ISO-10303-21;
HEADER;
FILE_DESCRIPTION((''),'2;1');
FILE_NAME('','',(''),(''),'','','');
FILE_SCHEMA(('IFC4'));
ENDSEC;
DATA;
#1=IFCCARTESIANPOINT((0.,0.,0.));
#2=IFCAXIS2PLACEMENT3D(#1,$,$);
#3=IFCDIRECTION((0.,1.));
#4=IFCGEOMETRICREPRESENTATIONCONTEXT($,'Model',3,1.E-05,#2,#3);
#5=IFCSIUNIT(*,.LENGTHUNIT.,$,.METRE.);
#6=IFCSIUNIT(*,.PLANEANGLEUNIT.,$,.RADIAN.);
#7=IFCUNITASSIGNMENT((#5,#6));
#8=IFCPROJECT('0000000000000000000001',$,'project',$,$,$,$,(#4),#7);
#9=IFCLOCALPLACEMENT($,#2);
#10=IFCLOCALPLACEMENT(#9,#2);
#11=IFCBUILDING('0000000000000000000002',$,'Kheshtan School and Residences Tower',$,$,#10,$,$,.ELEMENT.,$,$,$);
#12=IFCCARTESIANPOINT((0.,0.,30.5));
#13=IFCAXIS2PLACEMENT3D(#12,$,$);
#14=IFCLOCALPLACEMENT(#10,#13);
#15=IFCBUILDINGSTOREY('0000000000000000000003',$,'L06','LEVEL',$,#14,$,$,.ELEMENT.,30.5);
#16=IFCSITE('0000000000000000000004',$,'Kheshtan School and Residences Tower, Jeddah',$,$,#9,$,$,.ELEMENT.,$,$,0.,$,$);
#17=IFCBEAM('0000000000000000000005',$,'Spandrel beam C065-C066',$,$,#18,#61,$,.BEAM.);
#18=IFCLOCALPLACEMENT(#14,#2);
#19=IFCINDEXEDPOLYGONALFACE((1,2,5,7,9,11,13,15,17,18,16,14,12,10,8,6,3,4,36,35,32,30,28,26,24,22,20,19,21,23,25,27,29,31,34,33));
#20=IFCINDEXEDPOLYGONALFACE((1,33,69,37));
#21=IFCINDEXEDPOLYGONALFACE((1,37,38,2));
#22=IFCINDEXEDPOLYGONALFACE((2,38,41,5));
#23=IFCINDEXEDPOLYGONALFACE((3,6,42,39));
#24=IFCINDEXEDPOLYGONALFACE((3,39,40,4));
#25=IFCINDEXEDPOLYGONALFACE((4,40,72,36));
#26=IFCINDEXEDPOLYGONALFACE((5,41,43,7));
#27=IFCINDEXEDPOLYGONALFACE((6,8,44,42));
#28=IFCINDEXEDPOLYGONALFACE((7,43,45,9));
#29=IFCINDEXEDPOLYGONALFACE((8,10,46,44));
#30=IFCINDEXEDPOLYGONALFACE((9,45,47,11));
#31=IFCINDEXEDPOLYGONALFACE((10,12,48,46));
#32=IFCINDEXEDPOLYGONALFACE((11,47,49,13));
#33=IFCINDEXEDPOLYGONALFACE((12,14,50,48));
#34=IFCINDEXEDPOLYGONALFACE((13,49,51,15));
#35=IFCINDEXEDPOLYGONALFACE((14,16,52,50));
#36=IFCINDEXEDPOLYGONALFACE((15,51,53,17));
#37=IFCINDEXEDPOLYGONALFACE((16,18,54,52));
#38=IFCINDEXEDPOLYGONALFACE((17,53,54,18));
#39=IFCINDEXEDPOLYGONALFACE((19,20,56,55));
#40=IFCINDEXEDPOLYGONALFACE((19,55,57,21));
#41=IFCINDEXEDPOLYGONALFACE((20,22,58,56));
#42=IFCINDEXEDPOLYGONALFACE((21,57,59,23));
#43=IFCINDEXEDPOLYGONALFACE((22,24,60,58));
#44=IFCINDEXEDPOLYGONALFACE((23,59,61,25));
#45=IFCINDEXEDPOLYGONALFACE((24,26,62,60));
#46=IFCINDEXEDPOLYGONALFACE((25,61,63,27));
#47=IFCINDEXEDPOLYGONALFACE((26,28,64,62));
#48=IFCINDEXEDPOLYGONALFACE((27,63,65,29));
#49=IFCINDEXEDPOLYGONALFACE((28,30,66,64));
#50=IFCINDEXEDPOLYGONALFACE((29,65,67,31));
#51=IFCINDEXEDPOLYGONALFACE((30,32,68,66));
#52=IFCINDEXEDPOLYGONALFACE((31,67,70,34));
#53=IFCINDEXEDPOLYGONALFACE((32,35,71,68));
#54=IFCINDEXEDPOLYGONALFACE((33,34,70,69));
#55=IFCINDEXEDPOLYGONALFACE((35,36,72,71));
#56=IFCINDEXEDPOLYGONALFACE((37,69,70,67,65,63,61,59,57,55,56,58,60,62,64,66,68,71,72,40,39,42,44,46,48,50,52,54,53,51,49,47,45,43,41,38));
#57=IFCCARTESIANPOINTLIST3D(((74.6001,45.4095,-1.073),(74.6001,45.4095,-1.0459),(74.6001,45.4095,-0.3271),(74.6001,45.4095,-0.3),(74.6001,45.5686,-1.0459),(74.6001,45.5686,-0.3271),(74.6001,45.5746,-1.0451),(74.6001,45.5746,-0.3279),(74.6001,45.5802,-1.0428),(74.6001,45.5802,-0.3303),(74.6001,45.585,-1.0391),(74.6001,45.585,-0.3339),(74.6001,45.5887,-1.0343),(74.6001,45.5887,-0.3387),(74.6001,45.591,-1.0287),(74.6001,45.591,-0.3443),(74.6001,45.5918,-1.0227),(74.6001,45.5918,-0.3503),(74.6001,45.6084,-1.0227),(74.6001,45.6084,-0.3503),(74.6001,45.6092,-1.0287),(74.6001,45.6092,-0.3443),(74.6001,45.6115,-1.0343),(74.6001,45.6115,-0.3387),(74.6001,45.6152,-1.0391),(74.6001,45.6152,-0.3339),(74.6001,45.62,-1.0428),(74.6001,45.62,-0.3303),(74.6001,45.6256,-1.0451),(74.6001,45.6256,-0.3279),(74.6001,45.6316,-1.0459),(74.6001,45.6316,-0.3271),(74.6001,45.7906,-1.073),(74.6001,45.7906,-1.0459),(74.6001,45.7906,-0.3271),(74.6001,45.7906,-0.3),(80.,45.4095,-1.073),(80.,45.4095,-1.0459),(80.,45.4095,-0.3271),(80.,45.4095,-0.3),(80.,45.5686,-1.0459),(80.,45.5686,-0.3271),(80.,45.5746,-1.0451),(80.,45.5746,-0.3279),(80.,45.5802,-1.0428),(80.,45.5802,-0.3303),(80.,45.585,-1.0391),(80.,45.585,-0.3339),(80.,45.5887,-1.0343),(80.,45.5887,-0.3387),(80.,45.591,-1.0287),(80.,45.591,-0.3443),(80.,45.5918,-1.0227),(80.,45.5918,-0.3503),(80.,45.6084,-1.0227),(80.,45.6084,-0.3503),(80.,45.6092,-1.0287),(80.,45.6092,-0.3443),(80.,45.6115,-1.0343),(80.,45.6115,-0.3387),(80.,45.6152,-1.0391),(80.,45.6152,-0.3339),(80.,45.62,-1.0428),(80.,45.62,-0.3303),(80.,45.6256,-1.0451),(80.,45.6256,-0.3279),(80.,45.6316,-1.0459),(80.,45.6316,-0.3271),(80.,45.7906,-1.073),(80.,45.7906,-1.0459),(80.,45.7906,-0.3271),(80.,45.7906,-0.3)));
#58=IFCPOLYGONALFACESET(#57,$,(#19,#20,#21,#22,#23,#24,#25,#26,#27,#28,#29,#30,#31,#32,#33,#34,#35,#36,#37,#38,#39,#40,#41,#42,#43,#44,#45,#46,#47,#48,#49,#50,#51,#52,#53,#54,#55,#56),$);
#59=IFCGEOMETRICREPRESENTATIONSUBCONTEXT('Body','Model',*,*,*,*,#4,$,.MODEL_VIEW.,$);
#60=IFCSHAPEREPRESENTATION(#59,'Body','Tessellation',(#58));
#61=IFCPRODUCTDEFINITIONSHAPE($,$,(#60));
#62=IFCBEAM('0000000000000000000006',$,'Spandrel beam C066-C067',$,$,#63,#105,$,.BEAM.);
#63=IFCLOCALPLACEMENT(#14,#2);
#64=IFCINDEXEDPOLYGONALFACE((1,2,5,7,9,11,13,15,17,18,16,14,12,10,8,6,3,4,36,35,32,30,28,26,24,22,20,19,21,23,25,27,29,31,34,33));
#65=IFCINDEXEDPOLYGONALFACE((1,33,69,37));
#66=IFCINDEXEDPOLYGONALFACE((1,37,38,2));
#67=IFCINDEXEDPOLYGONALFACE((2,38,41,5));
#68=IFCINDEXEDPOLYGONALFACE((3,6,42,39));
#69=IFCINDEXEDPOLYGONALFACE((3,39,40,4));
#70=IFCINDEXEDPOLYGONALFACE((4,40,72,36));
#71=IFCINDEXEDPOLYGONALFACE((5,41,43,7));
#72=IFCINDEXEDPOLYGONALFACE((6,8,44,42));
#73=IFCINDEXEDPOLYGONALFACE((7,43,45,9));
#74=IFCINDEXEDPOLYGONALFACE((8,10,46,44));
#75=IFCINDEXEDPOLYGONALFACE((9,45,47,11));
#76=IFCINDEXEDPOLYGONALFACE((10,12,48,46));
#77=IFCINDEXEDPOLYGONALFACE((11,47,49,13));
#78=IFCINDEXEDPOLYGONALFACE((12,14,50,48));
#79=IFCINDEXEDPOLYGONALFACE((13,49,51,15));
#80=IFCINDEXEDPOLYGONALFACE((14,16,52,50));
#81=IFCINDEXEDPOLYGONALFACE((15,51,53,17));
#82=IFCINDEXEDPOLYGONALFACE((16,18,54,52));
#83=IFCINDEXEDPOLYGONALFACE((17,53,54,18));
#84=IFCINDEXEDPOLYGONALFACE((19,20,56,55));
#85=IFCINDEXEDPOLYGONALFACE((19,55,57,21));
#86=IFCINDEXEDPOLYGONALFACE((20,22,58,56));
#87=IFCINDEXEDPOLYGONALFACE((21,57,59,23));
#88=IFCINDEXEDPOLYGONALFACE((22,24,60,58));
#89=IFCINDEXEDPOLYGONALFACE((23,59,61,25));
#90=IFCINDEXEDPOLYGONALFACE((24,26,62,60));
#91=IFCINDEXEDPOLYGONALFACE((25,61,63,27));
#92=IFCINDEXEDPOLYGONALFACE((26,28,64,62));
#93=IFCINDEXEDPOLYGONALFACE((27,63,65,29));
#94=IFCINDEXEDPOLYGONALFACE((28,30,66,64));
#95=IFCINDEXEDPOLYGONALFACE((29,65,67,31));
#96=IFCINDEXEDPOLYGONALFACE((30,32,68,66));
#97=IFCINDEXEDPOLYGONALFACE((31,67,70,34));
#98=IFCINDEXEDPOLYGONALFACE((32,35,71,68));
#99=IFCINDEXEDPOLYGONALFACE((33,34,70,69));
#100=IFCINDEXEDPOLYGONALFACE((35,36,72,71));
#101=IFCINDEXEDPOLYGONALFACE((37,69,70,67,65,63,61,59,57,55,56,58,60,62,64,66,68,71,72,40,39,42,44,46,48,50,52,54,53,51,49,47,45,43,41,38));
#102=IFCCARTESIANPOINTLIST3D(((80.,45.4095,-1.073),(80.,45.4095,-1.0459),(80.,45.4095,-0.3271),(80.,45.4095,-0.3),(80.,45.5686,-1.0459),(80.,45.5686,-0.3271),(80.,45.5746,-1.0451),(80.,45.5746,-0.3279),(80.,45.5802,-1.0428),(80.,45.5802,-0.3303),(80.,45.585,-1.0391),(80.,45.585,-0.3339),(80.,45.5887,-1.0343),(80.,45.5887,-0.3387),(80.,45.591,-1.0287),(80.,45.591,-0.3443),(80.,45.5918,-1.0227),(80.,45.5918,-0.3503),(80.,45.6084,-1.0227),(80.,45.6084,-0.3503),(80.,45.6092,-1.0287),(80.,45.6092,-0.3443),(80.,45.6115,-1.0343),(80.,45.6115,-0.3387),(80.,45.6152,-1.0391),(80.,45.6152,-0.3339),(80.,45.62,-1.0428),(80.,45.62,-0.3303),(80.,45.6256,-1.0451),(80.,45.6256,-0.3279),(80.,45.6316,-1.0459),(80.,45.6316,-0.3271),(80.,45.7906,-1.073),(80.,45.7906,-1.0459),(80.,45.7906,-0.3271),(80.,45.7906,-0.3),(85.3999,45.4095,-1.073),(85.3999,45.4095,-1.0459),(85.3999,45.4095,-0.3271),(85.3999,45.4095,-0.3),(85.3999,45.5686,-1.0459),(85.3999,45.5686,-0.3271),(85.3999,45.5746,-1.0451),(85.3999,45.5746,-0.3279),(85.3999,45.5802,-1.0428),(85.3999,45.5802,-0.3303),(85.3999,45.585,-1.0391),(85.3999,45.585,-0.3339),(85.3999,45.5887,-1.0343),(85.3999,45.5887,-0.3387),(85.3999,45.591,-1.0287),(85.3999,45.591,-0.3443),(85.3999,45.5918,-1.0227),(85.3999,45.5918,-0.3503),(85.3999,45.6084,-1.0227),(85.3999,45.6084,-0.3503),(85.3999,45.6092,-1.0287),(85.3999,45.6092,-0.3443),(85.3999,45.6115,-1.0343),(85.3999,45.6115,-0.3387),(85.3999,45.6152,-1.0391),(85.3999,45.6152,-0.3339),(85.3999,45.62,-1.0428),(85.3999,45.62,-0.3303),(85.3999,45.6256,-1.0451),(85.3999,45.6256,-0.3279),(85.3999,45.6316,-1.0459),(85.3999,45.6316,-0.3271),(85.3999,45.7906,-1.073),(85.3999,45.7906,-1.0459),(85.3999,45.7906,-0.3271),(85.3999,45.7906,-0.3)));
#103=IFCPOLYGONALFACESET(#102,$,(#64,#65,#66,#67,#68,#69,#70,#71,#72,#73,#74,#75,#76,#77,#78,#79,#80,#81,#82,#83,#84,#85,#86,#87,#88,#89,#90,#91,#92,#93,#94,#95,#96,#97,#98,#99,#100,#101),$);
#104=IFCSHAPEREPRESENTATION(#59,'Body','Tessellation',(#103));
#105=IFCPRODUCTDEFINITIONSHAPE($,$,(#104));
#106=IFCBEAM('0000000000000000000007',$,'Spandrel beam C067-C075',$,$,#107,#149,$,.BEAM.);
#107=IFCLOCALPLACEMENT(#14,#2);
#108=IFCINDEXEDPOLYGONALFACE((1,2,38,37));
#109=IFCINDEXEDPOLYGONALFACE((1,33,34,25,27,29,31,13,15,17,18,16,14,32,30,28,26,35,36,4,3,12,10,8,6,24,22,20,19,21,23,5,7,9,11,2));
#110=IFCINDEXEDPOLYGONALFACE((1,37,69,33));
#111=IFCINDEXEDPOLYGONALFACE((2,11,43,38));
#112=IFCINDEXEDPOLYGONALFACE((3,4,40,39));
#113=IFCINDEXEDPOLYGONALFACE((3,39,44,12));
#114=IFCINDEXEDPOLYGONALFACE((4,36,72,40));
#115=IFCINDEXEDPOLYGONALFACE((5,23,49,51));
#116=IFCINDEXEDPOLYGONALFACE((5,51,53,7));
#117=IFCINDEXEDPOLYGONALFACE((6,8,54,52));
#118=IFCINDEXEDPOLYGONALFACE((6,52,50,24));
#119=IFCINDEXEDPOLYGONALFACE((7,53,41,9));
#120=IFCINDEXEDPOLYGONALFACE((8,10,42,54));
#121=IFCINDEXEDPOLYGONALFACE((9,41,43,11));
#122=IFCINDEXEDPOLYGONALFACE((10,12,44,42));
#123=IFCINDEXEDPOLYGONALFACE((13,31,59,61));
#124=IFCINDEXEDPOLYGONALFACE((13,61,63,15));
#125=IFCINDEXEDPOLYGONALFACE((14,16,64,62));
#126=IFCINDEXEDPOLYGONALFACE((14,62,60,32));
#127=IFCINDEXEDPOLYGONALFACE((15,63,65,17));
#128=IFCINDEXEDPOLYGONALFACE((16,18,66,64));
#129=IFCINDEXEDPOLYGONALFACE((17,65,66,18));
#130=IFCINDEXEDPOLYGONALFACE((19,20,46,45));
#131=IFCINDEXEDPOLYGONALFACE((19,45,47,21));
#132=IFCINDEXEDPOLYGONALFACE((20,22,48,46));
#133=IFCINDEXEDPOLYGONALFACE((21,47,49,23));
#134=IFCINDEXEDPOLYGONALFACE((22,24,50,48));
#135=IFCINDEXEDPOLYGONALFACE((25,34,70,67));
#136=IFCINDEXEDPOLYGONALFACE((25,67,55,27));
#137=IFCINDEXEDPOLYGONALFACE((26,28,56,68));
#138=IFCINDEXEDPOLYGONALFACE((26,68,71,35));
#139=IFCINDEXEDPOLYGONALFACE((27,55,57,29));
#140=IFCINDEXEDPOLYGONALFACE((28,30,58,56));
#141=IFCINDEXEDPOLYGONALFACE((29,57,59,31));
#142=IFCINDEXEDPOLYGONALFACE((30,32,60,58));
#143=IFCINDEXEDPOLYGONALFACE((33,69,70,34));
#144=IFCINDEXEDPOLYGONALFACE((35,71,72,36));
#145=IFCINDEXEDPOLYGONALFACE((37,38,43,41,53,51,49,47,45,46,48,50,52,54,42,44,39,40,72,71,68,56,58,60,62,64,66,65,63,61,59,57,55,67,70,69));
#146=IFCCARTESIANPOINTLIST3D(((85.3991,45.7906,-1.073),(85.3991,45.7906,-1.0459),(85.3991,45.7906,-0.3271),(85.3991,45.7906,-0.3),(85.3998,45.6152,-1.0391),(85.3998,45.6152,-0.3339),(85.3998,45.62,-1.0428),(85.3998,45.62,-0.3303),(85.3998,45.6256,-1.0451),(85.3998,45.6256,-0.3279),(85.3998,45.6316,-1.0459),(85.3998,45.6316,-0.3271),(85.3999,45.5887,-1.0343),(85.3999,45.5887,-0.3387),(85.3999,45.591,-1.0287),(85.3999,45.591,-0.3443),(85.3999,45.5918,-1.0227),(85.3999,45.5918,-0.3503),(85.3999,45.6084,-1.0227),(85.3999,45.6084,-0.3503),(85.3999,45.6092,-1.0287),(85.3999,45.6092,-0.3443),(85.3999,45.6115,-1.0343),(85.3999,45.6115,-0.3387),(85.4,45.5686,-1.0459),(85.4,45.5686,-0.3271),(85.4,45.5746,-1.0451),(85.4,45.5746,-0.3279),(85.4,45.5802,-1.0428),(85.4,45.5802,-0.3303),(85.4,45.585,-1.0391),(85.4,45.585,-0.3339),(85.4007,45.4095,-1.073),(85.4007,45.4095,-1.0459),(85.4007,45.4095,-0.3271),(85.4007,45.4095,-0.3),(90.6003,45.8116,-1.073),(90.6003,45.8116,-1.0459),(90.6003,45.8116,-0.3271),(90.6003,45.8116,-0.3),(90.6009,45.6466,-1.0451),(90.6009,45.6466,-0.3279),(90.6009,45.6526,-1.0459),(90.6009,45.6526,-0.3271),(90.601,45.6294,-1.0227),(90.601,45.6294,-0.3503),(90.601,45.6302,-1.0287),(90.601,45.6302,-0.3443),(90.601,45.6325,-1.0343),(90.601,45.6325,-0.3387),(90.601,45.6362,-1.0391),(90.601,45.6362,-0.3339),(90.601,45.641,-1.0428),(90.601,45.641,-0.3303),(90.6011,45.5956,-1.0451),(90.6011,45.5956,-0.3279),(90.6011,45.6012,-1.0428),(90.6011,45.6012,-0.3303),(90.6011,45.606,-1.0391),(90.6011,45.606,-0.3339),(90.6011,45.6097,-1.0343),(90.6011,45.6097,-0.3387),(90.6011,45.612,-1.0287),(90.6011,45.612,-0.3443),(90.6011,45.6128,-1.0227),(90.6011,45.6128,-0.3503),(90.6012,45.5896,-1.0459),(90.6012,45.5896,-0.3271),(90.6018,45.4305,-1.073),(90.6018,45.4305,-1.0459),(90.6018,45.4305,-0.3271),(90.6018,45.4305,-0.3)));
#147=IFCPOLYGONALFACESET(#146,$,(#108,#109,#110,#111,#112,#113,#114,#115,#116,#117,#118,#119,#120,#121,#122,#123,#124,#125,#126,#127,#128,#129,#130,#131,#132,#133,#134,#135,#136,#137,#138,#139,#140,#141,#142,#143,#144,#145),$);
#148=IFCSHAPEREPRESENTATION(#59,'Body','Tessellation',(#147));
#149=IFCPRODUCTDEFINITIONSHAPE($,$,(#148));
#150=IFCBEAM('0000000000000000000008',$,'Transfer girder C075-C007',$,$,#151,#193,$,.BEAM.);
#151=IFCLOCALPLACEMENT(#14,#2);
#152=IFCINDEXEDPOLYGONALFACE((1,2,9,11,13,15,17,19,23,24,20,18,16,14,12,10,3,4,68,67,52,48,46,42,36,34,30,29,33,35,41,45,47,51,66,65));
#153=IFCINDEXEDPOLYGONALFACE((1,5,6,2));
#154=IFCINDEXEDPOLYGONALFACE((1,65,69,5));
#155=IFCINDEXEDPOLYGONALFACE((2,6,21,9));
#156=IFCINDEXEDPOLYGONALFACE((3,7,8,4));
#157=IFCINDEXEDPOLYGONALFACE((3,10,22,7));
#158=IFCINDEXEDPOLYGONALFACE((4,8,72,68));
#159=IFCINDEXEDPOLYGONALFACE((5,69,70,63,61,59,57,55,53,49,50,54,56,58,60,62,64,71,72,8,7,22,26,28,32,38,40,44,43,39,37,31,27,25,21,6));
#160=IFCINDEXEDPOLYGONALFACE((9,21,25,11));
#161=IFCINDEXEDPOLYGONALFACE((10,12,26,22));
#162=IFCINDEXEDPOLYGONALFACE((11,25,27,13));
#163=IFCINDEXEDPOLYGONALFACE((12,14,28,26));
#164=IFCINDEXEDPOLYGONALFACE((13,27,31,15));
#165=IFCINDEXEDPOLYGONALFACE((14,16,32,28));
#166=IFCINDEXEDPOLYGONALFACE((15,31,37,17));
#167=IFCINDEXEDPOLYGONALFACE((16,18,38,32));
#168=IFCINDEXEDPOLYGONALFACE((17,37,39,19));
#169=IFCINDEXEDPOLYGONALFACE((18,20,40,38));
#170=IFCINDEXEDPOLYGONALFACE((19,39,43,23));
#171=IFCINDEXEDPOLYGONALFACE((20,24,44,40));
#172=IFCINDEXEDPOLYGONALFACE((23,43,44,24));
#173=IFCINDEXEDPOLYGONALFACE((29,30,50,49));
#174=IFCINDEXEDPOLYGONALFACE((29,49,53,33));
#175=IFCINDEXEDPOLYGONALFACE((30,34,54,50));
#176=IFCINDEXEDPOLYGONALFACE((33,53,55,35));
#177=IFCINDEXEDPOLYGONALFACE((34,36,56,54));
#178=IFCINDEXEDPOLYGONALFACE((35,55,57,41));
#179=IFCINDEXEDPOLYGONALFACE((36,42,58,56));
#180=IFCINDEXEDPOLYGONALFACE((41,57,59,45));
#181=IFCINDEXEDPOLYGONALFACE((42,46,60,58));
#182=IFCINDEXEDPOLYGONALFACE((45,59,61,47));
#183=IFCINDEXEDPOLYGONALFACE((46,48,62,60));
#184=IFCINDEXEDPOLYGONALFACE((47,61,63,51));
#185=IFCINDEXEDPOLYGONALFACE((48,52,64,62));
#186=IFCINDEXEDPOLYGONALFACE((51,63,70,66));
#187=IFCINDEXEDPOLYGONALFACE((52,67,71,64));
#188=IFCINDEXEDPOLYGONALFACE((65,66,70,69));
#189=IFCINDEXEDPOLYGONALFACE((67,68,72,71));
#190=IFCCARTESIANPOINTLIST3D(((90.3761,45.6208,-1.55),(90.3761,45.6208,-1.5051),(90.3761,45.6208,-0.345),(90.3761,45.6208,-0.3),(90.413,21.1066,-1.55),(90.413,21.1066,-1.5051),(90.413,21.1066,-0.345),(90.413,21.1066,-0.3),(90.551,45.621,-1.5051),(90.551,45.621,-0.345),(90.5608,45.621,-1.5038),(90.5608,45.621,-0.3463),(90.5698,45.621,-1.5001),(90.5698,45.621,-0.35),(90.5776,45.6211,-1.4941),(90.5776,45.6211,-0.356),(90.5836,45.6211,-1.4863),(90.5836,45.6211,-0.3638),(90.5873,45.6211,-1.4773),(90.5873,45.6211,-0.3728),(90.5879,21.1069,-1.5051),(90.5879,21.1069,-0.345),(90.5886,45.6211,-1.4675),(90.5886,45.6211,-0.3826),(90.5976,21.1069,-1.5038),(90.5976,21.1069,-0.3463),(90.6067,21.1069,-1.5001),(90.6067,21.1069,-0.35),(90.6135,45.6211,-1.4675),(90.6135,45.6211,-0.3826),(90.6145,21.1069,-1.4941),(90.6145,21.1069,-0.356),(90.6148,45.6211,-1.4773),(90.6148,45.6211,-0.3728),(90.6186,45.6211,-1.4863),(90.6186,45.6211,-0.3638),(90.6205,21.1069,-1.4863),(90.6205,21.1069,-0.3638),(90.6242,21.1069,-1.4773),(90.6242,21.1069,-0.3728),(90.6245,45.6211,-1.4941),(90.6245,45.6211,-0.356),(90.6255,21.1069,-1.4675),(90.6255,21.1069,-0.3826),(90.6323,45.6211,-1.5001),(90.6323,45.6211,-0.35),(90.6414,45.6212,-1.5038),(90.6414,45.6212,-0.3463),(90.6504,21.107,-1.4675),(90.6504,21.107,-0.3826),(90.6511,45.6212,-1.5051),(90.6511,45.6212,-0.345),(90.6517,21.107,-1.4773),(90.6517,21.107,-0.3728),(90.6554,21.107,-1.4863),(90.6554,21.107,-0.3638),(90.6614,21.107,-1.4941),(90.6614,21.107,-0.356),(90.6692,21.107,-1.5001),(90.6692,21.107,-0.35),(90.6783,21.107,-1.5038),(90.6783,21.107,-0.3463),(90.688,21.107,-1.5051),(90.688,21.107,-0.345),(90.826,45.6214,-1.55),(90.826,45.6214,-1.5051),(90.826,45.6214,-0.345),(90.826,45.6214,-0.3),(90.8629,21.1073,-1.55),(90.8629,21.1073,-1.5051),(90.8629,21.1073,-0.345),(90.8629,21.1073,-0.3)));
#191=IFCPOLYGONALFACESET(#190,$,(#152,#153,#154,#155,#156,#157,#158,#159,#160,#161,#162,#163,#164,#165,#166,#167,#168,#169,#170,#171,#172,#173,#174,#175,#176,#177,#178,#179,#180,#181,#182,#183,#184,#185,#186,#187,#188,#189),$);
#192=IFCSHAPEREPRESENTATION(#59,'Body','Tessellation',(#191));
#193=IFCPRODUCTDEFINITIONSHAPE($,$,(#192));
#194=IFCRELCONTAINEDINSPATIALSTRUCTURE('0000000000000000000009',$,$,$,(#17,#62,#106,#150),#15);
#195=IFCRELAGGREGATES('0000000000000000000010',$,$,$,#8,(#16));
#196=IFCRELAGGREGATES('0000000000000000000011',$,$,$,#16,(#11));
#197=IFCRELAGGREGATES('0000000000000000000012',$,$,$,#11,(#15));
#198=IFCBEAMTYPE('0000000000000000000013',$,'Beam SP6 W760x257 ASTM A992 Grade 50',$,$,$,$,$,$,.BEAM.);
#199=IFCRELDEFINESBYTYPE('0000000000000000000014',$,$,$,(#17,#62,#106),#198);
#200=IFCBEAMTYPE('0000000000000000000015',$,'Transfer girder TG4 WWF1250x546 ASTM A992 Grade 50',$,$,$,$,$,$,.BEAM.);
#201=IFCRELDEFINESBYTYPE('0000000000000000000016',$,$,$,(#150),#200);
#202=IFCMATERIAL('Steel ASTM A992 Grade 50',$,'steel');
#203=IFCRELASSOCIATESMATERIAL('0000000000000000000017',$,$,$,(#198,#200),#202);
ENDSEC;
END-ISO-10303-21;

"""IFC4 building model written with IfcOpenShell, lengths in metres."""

from ifc_helpers import new_model, si_unit, direction, frame, origin, origin_2d, place, context, subcontext, project, spatial, i_section, extrude, material, material_profile, profile_set, type_object, element, save


model = new_model("IFC4")

# Units and contexts
model_context = context("Model", 3, precision=1e-05, world=origin(), true_north=direction((0.0, 1.0)))
body_context = subcontext(model_context, "Body", "Model", "MODEL_VIEW")
ifc_project = project(units=[si_unit("LENGTHUNIT", "METRE"), si_unit("PLANEANGLEUNIT", "RADIAN")], contexts=[model_context])

# Site, building, storey
site_placement = place(None, origin())
site = spatial("IfcSite", under=ifc_project, at=site_placement, Name="Kheshtan School and Residences Tower, Jeddah", CompositionType="ELEMENT", RefElevation=0.0)
building_placement = place(site_placement, origin())
building = spatial("IfcBuilding", under=site, at=building_placement, Name="Kheshtan School and Residences Tower", CompositionType="ELEMENT")
storey_placement = place(building_placement, frame((0.0, 0.0, 30.5)))
storey = spatial("IfcBuildingStorey", under=building, at=storey_placement, Name="L06", Description="LEVEL", CompositionType="ELEMENT", Elevation=30.5)

# Shared definitions
ifc_material_1 = material(Name="Steel ASTM A992 Grade 50", Category="steel")

# Beams
ifc_material_profile_1 = material_profile(ifc_material_1, i_section(OverallWidth=0.3811, OverallDepth=0.7729, WebThickness=0.0166, FlangeThickness=0.0271, FilletRadius=0.0232, at=origin_2d()), Name="W760x257")
ifc_profile_set_1 = profile_set([ifc_material_profile_1], Name="Steel ASTM A992 Grade 50")
beam_type_1 = type_object("IfcBeamType", Name="Beam SP6 W760x257 ASTM A992 Grade 50", PredefinedType="BEAM", material=ifc_profile_set_1)
for number, where, z_axis, x_axis, name in (
    (1, (74.6001, 45.6001, -0.6865), (1.0, 0.0, 0.0), (0.0, 1.0, 0.0), "Spandrel beam C065-C066"),
    (2, (80.0, 45.6001, -0.6865), (1.0, 0.0, 0.0), (0.0, 1.0, 0.0), "Spandrel beam C066-C067"),
):
    element("IfcBeam", number, at=place(storey_placement, frame(where, z_axis=z_axis, x_axis=x_axis)), inside=storey, type_object=beam_type_1, Name=name, PredefinedType="BEAM", context=body_context, shape_type="SweptSolid", body=[
        extrude(i_section(OverallWidth=0.3811, OverallDepth=0.7729, WebThickness=0.0166, FlangeThickness=0.0271, FilletRadius=0.0232, at=origin_2d()), origin(), (0.0, 0.0, 1.0), 5.3999),
    ])
beam_1_placement = place(storey_placement, frame((85.3999, 45.6001, -0.6865), z_axis=(0.999992, 0.004037, 0.0), x_axis=(-0.004037, 0.999992, 0.0)))
element("IfcBeam", 3, at=beam_1_placement, inside=storey, type_object=beam_type_1, Name="Spandrel beam C067-C075", PredefinedType="BEAM", context=body_context, shape_type="SweptSolid", body=[
    extrude(i_section(OverallWidth=0.3811, OverallDepth=0.7729, WebThickness=0.0166, FlangeThickness=0.0271, FilletRadius=0.0232, at=origin_2d()), origin(), (0.0, 0.0, 1.0), 5.2012),
])
ifc_material_profile_2 = material_profile(ifc_material_1, i_section(OverallWidth=0.45, OverallDepth=1.25, WebThickness=0.0249, FlangeThickness=0.0449, FilletRadius=0.0376, at=origin_2d()), Name="WWF1250x546")
ifc_profile_set_2 = profile_set([ifc_material_profile_2], Name="Steel ASTM A992 Grade 50")
beam_type_2 = type_object("IfcBeamType", Name="Transfer girder TG4 WWF1250x546 ASTM A992 Grade 50", PredefinedType="BEAM", material=ifc_profile_set_2)
beam_2_placement = place(storey_placement, frame((90.6011, 45.6211, -0.925), z_axis=(0.001504, -0.999999, 0.0), x_axis=(0.999999, 0.001504, 0.0)))
element("IfcBeam", 4, at=beam_2_placement, inside=storey, type_object=beam_type_2, Name="Transfer girder C075-C007", PredefinedType="BEAM", context=body_context, shape_type="SweptSolid", body=[
    extrude(i_section(OverallWidth=0.45, OverallDepth=1.25, WebThickness=0.0249, FlangeThickness=0.0449, FilletRadius=0.0376, at=origin_2d()), origin(), (0.0, 0.0, 1.0), 24.5142),
])

save(model, "model.ifc")
